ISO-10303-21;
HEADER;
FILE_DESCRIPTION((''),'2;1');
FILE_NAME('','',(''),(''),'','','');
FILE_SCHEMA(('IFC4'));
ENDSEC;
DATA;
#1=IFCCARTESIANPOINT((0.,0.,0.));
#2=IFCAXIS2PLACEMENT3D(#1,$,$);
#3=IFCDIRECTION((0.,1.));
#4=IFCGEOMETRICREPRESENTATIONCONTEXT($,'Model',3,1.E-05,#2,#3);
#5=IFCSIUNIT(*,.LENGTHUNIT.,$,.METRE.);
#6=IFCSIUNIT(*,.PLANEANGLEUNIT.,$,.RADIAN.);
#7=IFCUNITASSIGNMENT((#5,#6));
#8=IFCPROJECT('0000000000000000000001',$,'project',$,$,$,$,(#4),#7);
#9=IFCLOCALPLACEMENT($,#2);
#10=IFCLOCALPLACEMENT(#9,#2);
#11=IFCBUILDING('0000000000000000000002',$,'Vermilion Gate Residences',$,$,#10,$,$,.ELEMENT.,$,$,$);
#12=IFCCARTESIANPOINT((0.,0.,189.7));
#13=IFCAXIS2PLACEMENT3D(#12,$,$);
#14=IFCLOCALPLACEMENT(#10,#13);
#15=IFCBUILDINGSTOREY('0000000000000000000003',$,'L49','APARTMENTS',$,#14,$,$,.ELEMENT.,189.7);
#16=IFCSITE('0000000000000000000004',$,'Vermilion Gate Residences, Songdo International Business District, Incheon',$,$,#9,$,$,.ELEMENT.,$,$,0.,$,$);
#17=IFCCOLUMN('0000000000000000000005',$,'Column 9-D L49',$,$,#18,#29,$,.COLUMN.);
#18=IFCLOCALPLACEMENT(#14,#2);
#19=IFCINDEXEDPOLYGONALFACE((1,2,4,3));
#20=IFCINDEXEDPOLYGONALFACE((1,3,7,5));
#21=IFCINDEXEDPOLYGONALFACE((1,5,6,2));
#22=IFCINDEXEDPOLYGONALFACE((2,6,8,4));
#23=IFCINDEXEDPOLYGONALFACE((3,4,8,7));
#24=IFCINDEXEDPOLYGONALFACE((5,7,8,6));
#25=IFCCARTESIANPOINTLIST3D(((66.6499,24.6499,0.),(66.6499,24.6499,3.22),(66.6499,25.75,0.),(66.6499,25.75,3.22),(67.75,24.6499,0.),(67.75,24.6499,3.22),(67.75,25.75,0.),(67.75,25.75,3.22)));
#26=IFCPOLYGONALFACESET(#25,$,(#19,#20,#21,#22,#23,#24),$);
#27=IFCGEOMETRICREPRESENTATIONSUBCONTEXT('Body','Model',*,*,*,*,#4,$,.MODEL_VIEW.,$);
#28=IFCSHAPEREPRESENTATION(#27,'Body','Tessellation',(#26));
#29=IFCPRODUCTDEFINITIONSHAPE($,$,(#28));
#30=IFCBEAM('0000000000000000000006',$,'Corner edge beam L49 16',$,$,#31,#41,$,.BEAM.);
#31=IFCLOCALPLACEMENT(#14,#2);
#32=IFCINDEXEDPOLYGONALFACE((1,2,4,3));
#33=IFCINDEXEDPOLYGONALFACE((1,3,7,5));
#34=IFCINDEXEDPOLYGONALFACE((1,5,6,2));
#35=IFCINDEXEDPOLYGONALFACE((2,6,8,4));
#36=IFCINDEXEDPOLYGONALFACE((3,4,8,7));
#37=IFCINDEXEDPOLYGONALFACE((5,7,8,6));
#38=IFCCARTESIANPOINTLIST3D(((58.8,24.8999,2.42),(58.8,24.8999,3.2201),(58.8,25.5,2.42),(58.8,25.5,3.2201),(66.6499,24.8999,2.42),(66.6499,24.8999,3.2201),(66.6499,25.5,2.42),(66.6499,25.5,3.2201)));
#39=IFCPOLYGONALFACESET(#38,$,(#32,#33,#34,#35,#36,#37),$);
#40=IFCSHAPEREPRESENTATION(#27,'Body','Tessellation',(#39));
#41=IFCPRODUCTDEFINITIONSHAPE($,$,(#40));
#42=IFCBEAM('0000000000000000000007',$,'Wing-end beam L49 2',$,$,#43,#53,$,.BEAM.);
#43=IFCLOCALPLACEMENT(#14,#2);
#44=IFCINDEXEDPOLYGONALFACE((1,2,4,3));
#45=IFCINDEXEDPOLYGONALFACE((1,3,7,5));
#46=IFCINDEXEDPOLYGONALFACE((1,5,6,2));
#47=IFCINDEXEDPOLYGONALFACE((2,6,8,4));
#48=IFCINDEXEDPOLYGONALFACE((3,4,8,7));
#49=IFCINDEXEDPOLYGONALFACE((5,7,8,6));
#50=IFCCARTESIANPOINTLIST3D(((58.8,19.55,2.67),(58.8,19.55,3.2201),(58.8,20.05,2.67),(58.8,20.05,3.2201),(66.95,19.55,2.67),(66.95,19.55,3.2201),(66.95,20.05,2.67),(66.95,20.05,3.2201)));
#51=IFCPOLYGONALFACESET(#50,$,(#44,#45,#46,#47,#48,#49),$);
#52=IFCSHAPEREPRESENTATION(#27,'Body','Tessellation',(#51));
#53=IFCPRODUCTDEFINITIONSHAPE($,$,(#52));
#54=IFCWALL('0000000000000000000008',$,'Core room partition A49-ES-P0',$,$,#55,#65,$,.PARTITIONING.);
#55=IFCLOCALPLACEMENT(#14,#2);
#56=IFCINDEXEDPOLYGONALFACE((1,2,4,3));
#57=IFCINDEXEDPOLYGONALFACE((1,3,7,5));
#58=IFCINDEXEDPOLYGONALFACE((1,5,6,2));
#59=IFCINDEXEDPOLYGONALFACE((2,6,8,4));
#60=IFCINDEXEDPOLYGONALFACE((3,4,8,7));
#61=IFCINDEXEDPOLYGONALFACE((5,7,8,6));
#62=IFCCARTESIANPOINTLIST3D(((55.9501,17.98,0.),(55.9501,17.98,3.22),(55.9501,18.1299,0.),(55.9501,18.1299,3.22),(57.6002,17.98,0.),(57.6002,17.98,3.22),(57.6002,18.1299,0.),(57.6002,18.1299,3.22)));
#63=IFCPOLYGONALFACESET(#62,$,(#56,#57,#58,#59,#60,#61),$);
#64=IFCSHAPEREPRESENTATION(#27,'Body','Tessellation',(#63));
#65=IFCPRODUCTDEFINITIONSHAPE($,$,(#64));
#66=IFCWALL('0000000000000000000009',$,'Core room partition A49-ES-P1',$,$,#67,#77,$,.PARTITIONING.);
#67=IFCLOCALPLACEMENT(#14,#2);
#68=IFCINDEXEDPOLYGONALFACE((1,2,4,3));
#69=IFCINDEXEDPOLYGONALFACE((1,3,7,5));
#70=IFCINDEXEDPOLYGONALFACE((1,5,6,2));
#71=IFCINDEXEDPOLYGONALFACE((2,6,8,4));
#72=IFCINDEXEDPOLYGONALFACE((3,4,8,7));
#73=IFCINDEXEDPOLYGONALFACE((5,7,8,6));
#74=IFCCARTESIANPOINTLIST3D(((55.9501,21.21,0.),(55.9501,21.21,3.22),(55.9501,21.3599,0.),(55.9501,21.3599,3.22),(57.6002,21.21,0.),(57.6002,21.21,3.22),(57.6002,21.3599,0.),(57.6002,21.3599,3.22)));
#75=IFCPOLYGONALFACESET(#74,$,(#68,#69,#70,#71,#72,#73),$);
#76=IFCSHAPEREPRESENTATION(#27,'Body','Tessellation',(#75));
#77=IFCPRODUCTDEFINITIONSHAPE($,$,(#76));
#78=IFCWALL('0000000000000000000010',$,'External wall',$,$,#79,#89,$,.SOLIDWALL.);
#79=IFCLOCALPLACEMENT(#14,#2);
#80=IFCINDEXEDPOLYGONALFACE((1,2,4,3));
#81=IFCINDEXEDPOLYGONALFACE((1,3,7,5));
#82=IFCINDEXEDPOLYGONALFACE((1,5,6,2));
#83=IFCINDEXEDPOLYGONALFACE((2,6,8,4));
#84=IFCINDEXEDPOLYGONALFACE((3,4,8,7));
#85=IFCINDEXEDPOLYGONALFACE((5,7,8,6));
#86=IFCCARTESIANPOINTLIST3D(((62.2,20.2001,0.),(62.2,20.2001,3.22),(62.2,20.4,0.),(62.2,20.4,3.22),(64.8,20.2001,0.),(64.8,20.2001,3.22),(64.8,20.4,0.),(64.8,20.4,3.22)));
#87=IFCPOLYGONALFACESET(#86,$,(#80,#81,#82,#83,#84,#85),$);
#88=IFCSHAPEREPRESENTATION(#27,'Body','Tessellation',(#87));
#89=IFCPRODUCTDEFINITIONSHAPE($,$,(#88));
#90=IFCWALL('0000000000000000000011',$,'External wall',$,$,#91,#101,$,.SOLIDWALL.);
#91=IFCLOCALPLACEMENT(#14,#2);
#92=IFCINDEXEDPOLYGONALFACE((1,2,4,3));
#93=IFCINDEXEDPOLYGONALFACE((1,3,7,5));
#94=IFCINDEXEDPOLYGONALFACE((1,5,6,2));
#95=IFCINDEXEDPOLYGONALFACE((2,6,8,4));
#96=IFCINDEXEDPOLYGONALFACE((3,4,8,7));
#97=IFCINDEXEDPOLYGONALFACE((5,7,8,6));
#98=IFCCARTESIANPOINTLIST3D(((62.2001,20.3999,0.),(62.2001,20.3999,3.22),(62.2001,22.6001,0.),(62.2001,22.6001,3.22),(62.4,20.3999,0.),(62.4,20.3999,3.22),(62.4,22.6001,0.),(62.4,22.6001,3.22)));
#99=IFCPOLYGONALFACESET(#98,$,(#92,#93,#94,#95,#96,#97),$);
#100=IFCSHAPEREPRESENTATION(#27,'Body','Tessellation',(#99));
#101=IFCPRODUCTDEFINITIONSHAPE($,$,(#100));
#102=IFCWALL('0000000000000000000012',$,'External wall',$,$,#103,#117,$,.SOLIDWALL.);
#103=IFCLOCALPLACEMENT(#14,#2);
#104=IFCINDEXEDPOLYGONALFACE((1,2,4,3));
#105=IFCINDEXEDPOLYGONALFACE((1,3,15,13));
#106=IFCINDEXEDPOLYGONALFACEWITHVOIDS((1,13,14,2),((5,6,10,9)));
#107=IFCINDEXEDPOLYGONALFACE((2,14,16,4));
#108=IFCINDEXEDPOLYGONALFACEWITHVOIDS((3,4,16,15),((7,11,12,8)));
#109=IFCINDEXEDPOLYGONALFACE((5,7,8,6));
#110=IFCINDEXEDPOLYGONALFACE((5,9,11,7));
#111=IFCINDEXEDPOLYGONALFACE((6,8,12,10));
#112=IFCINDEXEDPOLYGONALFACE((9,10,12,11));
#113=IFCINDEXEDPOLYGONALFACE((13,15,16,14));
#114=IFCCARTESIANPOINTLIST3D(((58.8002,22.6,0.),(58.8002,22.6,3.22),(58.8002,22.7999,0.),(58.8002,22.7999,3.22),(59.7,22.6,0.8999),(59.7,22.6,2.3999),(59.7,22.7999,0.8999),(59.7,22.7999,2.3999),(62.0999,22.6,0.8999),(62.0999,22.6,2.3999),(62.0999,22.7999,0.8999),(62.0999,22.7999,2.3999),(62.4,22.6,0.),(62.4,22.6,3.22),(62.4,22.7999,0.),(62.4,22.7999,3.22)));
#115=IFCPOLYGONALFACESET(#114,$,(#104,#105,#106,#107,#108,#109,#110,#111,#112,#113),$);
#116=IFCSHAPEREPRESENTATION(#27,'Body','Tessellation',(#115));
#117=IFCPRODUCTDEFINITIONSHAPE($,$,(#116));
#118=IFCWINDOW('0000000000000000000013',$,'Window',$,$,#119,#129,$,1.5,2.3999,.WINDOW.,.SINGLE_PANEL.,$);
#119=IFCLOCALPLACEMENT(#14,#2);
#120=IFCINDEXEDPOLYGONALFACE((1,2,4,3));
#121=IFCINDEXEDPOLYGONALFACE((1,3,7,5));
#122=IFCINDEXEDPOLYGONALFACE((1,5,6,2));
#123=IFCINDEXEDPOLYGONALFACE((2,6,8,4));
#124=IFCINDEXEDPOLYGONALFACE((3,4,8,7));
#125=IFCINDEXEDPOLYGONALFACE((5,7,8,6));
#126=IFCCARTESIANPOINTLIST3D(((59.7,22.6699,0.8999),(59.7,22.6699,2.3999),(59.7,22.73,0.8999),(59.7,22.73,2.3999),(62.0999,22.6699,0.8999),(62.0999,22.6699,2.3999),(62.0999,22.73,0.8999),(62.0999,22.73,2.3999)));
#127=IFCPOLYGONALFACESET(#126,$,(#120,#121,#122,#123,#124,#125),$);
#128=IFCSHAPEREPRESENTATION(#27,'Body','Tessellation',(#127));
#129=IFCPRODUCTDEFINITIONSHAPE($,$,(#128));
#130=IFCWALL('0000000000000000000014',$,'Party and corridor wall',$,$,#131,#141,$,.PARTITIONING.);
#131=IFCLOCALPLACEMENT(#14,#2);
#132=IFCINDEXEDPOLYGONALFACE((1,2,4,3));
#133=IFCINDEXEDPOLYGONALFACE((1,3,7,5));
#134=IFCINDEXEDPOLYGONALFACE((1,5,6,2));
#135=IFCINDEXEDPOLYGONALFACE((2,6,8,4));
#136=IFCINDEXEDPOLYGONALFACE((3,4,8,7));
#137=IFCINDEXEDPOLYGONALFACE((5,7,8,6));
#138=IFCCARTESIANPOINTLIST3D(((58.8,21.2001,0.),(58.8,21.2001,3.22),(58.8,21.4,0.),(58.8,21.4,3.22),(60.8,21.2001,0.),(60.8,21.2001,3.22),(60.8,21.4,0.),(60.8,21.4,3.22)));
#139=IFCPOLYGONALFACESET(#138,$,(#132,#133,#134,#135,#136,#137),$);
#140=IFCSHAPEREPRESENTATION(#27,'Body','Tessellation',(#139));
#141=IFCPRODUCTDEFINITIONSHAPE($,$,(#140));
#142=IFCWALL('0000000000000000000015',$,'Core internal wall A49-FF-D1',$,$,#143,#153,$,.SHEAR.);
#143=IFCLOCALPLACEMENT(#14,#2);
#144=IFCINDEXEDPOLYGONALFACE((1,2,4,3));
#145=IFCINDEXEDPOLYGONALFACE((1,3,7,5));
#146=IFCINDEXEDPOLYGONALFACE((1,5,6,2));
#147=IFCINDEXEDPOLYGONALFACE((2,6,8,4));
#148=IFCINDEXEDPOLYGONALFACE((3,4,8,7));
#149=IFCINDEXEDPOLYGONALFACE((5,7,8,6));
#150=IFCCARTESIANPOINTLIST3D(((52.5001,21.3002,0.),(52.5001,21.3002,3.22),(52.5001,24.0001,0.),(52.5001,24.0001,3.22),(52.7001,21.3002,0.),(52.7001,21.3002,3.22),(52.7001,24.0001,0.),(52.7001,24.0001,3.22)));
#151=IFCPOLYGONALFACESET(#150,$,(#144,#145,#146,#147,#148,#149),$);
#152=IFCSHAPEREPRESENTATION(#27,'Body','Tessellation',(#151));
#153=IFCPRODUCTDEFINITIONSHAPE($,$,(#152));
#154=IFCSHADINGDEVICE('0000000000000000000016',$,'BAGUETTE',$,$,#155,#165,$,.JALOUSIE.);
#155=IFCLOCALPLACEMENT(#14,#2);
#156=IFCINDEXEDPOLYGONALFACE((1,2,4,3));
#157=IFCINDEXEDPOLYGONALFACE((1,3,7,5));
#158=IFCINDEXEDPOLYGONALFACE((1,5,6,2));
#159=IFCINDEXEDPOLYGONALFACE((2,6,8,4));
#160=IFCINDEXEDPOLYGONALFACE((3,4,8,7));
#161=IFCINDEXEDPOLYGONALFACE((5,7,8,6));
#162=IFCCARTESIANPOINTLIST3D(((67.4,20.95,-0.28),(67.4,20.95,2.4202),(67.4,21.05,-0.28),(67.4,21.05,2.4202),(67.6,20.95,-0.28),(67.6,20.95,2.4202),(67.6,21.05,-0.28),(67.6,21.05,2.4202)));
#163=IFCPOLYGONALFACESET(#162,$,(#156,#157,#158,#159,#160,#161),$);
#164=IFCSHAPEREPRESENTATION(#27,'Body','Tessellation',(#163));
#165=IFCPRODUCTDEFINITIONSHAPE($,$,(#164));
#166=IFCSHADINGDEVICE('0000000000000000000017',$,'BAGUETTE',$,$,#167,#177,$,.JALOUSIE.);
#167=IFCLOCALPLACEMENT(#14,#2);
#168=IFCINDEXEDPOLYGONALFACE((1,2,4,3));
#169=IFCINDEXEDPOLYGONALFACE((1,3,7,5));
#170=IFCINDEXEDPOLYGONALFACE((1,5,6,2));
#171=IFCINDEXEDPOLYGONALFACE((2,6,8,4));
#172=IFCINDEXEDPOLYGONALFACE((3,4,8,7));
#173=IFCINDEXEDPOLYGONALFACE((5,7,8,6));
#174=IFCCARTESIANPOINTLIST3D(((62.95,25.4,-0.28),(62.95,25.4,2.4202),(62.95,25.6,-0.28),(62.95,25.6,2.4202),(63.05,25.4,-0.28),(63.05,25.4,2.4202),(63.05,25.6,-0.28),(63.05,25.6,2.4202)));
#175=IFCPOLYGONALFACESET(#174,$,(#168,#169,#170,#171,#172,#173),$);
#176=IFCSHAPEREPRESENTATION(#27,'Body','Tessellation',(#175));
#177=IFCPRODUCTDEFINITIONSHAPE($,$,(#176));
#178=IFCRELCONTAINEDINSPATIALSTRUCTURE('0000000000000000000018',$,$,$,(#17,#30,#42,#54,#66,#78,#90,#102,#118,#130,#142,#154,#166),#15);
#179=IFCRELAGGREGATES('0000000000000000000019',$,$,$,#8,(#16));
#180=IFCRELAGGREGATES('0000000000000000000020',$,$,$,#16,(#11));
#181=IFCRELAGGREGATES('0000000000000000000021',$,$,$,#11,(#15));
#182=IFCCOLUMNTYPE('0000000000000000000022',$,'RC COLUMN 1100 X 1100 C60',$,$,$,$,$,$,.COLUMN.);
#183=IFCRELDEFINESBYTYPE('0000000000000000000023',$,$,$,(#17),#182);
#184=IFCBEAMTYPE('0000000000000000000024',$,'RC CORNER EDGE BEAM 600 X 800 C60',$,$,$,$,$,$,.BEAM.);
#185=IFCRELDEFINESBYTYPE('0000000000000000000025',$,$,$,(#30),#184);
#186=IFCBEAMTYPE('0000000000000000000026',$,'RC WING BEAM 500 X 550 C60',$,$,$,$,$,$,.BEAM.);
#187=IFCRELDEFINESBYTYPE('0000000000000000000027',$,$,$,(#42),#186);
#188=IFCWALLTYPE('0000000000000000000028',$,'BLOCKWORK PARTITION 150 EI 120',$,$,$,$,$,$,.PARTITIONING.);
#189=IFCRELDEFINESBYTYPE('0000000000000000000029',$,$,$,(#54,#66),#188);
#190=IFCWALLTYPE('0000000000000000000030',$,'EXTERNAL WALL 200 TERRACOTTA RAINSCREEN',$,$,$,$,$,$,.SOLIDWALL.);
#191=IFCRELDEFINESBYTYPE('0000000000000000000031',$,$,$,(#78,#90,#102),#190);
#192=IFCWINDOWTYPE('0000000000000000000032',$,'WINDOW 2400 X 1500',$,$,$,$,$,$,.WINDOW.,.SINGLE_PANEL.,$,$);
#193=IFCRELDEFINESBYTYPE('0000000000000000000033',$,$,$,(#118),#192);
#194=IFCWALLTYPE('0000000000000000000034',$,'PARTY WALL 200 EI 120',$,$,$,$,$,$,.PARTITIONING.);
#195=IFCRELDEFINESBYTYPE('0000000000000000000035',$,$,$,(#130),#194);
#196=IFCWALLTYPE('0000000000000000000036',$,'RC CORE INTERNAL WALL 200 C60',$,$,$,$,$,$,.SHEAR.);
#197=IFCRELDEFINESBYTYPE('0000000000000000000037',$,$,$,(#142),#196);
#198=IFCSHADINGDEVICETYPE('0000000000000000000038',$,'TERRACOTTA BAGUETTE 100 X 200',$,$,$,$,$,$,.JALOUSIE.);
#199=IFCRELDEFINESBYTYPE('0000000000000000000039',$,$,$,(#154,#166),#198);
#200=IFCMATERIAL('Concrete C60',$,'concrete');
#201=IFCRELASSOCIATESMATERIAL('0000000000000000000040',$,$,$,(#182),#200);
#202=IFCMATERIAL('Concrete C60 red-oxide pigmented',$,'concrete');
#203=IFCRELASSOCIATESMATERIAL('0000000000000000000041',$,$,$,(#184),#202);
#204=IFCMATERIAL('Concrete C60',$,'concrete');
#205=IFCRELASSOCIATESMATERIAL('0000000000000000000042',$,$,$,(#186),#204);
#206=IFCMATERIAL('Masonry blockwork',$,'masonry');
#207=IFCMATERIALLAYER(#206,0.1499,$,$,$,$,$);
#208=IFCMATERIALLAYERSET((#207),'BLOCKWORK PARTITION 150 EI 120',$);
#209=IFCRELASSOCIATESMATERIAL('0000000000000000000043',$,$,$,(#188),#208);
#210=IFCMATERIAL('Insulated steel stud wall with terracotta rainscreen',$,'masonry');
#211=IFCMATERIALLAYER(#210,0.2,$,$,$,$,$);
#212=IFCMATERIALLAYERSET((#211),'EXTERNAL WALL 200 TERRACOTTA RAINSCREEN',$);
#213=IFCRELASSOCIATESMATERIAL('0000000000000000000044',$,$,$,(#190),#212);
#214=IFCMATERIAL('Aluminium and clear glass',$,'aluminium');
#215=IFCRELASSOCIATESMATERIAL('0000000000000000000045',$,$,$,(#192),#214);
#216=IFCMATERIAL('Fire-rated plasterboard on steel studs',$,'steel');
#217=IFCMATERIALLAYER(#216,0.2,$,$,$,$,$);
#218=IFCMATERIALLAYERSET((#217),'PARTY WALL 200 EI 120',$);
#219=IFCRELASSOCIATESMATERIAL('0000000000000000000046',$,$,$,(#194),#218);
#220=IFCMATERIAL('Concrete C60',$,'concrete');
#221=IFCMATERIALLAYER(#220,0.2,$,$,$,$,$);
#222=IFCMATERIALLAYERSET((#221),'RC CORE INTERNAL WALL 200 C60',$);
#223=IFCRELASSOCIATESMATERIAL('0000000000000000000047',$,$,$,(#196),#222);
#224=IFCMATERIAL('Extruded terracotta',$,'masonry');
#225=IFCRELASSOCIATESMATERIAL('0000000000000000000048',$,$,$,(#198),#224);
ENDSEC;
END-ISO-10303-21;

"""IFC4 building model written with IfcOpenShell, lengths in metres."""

from ifc_helpers import new_model, si_unit, direction, frame, frame_2d, origin, origin_2d, place, context, subcontext, project, spatial, rectangle, extrude, material, layer, layer_set, material_profile, profile_set, type_object, element, fill, save


model = new_model("IFC4")

# Units and contexts
model_context = context("Model", 3, precision=1e-05, world=origin(), true_north=direction((0.0, 1.0)))
body_context = subcontext(model_context, "Body", "Model", "MODEL_VIEW")
ifc_project = project(units=[si_unit("LENGTHUNIT", "METRE"), si_unit("PLANEANGLEUNIT", "RADIAN")], contexts=[model_context])

# Site, building, storey
site_placement = place(None, origin())
site = spatial("IfcSite", under=ifc_project, at=site_placement, Name="Vermilion Gate Residences, Songdo International Business District, Incheon", CompositionType="ELEMENT", RefElevation=0.0)
building_placement = place(site_placement, origin())
building = spatial("IfcBuilding", under=site, at=building_placement, Name="Vermilion Gate Residences", CompositionType="ELEMENT")
storey_placement = place(building_placement, frame((0.0, 0.0, 189.7)))
storey = spatial("IfcBuildingStorey", under=building, at=storey_placement, Name="L49", Description="APARTMENTS", CompositionType="ELEMENT", Elevation=189.7)

# Column
ifc_material_1 = material(Name="Concrete C60", Category="concrete")
ifc_material_profile_1 = material_profile(ifc_material_1, rectangle(XDim=1.1001, YDim=1.1001, at=origin_2d()), Name="RC-1100x1100")
ifc_profile_set_1 = profile_set([ifc_material_profile_1], Name="Concrete C60")
column_type = type_object("IfcColumnType", Name="RC COLUMN 1100 X 1100 C60", PredefinedType="COLUMN", material=ifc_profile_set_1)
column_placement = place(storey_placement, frame((67.2, 25.2, 0.0), z_axis=(0.0, 0.0, 1.0), x_axis=(1.0, 0.0, 0.0)))
element("IfcColumn", 1, at=column_placement, inside=storey, type_object=column_type, Name="Column 9-D L49", PredefinedType="COLUMN", context=body_context, shape_type="SweptSolid", body=[
    extrude(rectangle(XDim=1.1001, YDim=1.1001, at=origin_2d()), origin(), (0.0, 0.0, 1.0), 3.22),
])

# Beams
ifc_material_2 = material(Name="Concrete C60 red-oxide pigmented", Category="concrete")
ifc_material_profile_2 = material_profile(ifc_material_2, rectangle(XDim=0.6001, YDim=0.8, at=origin_2d()), Name="RC-600x800")
ifc_profile_set_2 = profile_set([ifc_material_profile_2], Name="Concrete C60 red-oxide pigmented")
beam_type_1 = type_object("IfcBeamType", Name="RC CORNER EDGE BEAM 600 X 800 C60", PredefinedType="BEAM", material=ifc_profile_set_2)
beam_1_placement = place(storey_placement, frame((58.8, 25.2, 2.8201), z_axis=(1.0, 0.0, 0.0), x_axis=(0.0, 1.0, 0.0)))
element("IfcBeam", 2, at=beam_1_placement, inside=storey, type_object=beam_type_1, Name="Corner edge beam L49 16", PredefinedType="BEAM", context=body_context, shape_type="SweptSolid", body=[
    extrude(rectangle(XDim=0.6001, YDim=0.8, at=origin_2d()), origin(), (0.0, 0.0, 1.0), 7.8499),
])
ifc_material_3 = material(Name="Concrete C60", Category="concrete")
ifc_material_profile_3 = material_profile(ifc_material_3, rectangle(XDim=0.5, YDim=0.55, at=origin_2d()), Name="RC-500x550")
ifc_profile_set_3 = profile_set([ifc_material_profile_3], Name="Concrete C60")
beam_type_2 = type_object("IfcBeamType", Name="RC WING BEAM 500 X 550 C60", PredefinedType="BEAM", material=ifc_profile_set_3)
beam_2_placement = place(storey_placement, frame((58.8, 19.8, 2.9451), z_axis=(1.0, 0.0, 0.0), x_axis=(0.0, 1.0, 0.0)))
element("IfcBeam", 3, at=beam_2_placement, inside=storey, type_object=beam_type_2, Name="Wing-end beam L49 2", PredefinedType="BEAM", context=body_context, shape_type="SweptSolid", body=[
    extrude(rectangle(XDim=0.5, YDim=0.55, at=origin_2d()), origin(), (0.0, 0.0, 1.0), 8.1499),
])

# Walls
ifc_material_4 = material(Name="Masonry blockwork", Category="masonry")
ifc_layer_1 = layer(ifc_material_4, 0.1499)
ifc_layer_set_1 = layer_set([ifc_layer_1], Name="BLOCKWORK PARTITION 150 EI 120")
wall_type_1 = type_object("IfcWallType", Name="BLOCKWORK PARTITION 150 EI 120", PredefinedType="PARTITIONING", material=ifc_layer_set_1)
for number, where, z_axis, x_axis, name in (
    (4, (55.95, 18.0549, 0.0), (0.0, 0.0, 1.0), (1.0, 0.0, 0.0), "Core room partition A49-ES-P0"),
    (5, (55.95, 21.2849, 0.0), (0.0, 0.0, 1.0), (1.0, 0.0, 0.0), "Core room partition A49-ES-P1"),
):
    element("IfcWall", number, at=place(storey_placement, frame(where, z_axis=z_axis, x_axis=x_axis)), inside=storey, type_object=wall_type_1, Name=name, PredefinedType="PARTITIONING", context=body_context, shape_type="SweptSolid", body=[
        extrude(rectangle(XDim=1.6501, YDim=0.1499, at=frame_2d((0.8252, 0.0))), origin(), (0.0, 0.0, 1.0), 3.22),
    ])
ifc_material_5 = material(Name="Insulated steel stud wall with terracotta rainscreen", Category="masonry")
ifc_layer_2 = layer(ifc_material_5, 0.2)
ifc_layer_set_2 = layer_set([ifc_layer_2], Name="EXTERNAL WALL 200 TERRACOTTA RAINSCREEN")
wall_type_2 = type_object("IfcWallType", Name="EXTERNAL WALL 200 TERRACOTTA RAINSCREEN", PredefinedType="SOLIDWALL", material=ifc_layer_set_2)
wall_1_placement = place(storey_placement, frame((64.8, 20.3, 0.0), z_axis=(0.0, 0.0, 1.0), x_axis=(-1.0, 0.0, 0.0)))
element("IfcWall", 6, at=wall_1_placement, inside=storey, type_object=wall_type_2, Name="External wall", PredefinedType="SOLIDWALL", context=body_context, shape_type="SweptSolid", body=[
    extrude(rectangle(XDim=2.6001, YDim=0.2, at=frame_2d((1.3, 0.0))), origin(), (0.0, 0.0, 1.0), 3.22),
])
wall_2_placement = place(storey_placement, frame((62.3, 20.3999, 0.0), z_axis=(0.0, 0.0, 1.0), x_axis=(0.0, 1.0, 0.0)))
element("IfcWall", 7, at=wall_2_placement, inside=storey, type_object=wall_type_2, Name="External wall", PredefinedType="SOLIDWALL", context=body_context, shape_type="SweptSolid", body=[
    extrude(rectangle(XDim=2.2002, YDim=0.2, at=frame_2d((1.1001, 0.0))), origin(), (0.0, 0.0, 1.0), 3.22),
])

# Wall, opening, window
wall_3_placement = place(storey_placement, frame((62.3999, 22.7, 0.0), z_axis=(0.0, 0.0, 1.0), x_axis=(-1.0, 0.0, 0.0)))
wall_3 = element("IfcWall", 8, at=wall_3_placement, inside=storey, type_object=wall_type_2, Name="External wall", PredefinedType="SOLIDWALL", context=body_context, shape_type="SweptSolid", body=[
    extrude(rectangle(XDim=3.5999, YDim=0.2, at=frame_2d((1.7998, 0.0))), origin(), (0.0, 0.0, 1.0), 3.22),
])
opening_placement = place(wall_3_placement, frame((0.3, 0.0, 0.8999)))
opening = element("IfcOpeningElement", 9, at=opening_placement, cuts=wall_3, PredefinedType="OPENING", context=body_context, shape_type="SweptSolid", body=[
    extrude(rectangle(XDim=2.3999, YDim=1.5, at=frame_2d((1.2, 0.75))), frame((0.0, 0.1099, 0.0), z_axis=(0.0, -1.0, 0.0), x_axis=(1.0, 0.0, 0.0)), (0.0, 0.0, 1.0), 0.22),
])
ifc_material_6 = material(Name="Aluminium and clear glass", Category="aluminium")
window_type = type_object("IfcWindowType", Name="WINDOW 2400 X 1500", PartitioningType="SINGLE_PANEL", PredefinedType="WINDOW", material=ifc_material_6)
window_placement = place(opening_placement, origin())
window = element("IfcWindow", 10, at=window_placement, inside=storey, type_object=window_type, Name="Window", OverallHeight=1.5, OverallWidth=2.3999, PartitioningType="SINGLE_PANEL", PredefinedType="WINDOW", context=body_context, shape_type="SweptSolid", body=[
    extrude(rectangle(XDim=2.3999, YDim=1.5, at=frame_2d((1.2, 0.75))), frame((0.0, 0.03, 0.0), z_axis=(0.0, -1.0, 0.0), x_axis=(1.0, 0.0, 0.0)), (0.0, 0.0, 1.0), 0.0601),
])
fill(opening, window)

# Walls
ifc_material_7 = material(Name="Fire-rated plasterboard on steel studs", Category="steel")
ifc_layer_3 = layer(ifc_material_7, 0.2)
ifc_layer_set_3 = layer_set([ifc_layer_3], Name="PARTY WALL 200 EI 120")
wall_type_3 = type_object("IfcWallType", Name="PARTY WALL 200 EI 120", PredefinedType="PARTITIONING", material=ifc_layer_set_3)
wall_4_placement = place(storey_placement, frame((58.8, 21.3, 0.0), z_axis=(0.0, 0.0, 1.0), x_axis=(1.0, 0.0, 0.0)))
element("IfcWall", 11, at=wall_4_placement, inside=storey, type_object=wall_type_3, Name="Party and corridor wall", PredefinedType="PARTITIONING", context=body_context, shape_type="SweptSolid", body=[
    extrude(rectangle(XDim=2.0, YDim=0.2, at=frame_2d((1.0, 0.0))), origin(), (0.0, 0.0, 1.0), 3.22),
])
ifc_material_8 = material(Name="Concrete C60", Category="concrete")
ifc_layer_4 = layer(ifc_material_8, 0.2)
ifc_layer_set_4 = layer_set([ifc_layer_4], Name="RC CORE INTERNAL WALL 200 C60")
wall_type_4 = type_object("IfcWallType", Name="RC CORE INTERNAL WALL 200 C60", PredefinedType="SHEAR", material=ifc_layer_set_4)
wall_5_placement = place(storey_placement, frame((52.6001, 21.3, 0.0), z_axis=(0.0, 0.0, 1.0), x_axis=(0.0, 1.0, 0.0)))
element("IfcWall", 12, at=wall_5_placement, inside=storey, type_object=wall_type_4, Name="Core internal wall A49-FF-D1", PredefinedType="SHEAR", context=body_context, shape_type="SweptSolid", body=[
    extrude(rectangle(XDim=2.7, YDim=0.2, at=frame_2d((1.3501, 0.0))), origin(), (0.0, 0.0, 1.0), 3.22),
])

# Shading devices
ifc_material_9 = material(Name="Extruded terracotta", Category="masonry")
ifc_material_profile_4 = material_profile(ifc_material_9, rectangle(XDim=0.2, YDim=0.1001, at=origin_2d()), Name="BAGUETTE 100 X 200")
ifc_profile_set_4 = profile_set([ifc_material_profile_4], Name="Extruded terracotta")
shading_device_type_1 = type_object("IfcShadingDeviceType", Name="TERRACOTTA BAGUETTE 100 X 200", PredefinedType="JALOUSIE", material=ifc_profile_set_4)
for number, where, z_axis, x_axis, name in (
    (13, (67.5, 21.0, -0.28), (0.0, 0.0, 1.0), (-1.0, 0.0, 0.0), "BAGUETTE"),
    (14, (63.0, 25.5, -0.28), (0.0, 0.0, 1.0), (0.0, -1.0, 0.0), "BAGUETTE"),
):
    element("IfcShadingDevice", number, at=place(storey_placement, frame(where, z_axis=z_axis, x_axis=x_axis)), inside=storey, type_object=shading_device_type_1, Name=name, PredefinedType="JALOUSIE", context=body_context, shape_type="SweptSolid", body=[
        extrude(rectangle(XDim=0.2, YDim=0.1001, at=origin_2d()), origin(), (0.0, 0.0, 1.0), 2.7002),
    ])

save(model, "model.ifc")
